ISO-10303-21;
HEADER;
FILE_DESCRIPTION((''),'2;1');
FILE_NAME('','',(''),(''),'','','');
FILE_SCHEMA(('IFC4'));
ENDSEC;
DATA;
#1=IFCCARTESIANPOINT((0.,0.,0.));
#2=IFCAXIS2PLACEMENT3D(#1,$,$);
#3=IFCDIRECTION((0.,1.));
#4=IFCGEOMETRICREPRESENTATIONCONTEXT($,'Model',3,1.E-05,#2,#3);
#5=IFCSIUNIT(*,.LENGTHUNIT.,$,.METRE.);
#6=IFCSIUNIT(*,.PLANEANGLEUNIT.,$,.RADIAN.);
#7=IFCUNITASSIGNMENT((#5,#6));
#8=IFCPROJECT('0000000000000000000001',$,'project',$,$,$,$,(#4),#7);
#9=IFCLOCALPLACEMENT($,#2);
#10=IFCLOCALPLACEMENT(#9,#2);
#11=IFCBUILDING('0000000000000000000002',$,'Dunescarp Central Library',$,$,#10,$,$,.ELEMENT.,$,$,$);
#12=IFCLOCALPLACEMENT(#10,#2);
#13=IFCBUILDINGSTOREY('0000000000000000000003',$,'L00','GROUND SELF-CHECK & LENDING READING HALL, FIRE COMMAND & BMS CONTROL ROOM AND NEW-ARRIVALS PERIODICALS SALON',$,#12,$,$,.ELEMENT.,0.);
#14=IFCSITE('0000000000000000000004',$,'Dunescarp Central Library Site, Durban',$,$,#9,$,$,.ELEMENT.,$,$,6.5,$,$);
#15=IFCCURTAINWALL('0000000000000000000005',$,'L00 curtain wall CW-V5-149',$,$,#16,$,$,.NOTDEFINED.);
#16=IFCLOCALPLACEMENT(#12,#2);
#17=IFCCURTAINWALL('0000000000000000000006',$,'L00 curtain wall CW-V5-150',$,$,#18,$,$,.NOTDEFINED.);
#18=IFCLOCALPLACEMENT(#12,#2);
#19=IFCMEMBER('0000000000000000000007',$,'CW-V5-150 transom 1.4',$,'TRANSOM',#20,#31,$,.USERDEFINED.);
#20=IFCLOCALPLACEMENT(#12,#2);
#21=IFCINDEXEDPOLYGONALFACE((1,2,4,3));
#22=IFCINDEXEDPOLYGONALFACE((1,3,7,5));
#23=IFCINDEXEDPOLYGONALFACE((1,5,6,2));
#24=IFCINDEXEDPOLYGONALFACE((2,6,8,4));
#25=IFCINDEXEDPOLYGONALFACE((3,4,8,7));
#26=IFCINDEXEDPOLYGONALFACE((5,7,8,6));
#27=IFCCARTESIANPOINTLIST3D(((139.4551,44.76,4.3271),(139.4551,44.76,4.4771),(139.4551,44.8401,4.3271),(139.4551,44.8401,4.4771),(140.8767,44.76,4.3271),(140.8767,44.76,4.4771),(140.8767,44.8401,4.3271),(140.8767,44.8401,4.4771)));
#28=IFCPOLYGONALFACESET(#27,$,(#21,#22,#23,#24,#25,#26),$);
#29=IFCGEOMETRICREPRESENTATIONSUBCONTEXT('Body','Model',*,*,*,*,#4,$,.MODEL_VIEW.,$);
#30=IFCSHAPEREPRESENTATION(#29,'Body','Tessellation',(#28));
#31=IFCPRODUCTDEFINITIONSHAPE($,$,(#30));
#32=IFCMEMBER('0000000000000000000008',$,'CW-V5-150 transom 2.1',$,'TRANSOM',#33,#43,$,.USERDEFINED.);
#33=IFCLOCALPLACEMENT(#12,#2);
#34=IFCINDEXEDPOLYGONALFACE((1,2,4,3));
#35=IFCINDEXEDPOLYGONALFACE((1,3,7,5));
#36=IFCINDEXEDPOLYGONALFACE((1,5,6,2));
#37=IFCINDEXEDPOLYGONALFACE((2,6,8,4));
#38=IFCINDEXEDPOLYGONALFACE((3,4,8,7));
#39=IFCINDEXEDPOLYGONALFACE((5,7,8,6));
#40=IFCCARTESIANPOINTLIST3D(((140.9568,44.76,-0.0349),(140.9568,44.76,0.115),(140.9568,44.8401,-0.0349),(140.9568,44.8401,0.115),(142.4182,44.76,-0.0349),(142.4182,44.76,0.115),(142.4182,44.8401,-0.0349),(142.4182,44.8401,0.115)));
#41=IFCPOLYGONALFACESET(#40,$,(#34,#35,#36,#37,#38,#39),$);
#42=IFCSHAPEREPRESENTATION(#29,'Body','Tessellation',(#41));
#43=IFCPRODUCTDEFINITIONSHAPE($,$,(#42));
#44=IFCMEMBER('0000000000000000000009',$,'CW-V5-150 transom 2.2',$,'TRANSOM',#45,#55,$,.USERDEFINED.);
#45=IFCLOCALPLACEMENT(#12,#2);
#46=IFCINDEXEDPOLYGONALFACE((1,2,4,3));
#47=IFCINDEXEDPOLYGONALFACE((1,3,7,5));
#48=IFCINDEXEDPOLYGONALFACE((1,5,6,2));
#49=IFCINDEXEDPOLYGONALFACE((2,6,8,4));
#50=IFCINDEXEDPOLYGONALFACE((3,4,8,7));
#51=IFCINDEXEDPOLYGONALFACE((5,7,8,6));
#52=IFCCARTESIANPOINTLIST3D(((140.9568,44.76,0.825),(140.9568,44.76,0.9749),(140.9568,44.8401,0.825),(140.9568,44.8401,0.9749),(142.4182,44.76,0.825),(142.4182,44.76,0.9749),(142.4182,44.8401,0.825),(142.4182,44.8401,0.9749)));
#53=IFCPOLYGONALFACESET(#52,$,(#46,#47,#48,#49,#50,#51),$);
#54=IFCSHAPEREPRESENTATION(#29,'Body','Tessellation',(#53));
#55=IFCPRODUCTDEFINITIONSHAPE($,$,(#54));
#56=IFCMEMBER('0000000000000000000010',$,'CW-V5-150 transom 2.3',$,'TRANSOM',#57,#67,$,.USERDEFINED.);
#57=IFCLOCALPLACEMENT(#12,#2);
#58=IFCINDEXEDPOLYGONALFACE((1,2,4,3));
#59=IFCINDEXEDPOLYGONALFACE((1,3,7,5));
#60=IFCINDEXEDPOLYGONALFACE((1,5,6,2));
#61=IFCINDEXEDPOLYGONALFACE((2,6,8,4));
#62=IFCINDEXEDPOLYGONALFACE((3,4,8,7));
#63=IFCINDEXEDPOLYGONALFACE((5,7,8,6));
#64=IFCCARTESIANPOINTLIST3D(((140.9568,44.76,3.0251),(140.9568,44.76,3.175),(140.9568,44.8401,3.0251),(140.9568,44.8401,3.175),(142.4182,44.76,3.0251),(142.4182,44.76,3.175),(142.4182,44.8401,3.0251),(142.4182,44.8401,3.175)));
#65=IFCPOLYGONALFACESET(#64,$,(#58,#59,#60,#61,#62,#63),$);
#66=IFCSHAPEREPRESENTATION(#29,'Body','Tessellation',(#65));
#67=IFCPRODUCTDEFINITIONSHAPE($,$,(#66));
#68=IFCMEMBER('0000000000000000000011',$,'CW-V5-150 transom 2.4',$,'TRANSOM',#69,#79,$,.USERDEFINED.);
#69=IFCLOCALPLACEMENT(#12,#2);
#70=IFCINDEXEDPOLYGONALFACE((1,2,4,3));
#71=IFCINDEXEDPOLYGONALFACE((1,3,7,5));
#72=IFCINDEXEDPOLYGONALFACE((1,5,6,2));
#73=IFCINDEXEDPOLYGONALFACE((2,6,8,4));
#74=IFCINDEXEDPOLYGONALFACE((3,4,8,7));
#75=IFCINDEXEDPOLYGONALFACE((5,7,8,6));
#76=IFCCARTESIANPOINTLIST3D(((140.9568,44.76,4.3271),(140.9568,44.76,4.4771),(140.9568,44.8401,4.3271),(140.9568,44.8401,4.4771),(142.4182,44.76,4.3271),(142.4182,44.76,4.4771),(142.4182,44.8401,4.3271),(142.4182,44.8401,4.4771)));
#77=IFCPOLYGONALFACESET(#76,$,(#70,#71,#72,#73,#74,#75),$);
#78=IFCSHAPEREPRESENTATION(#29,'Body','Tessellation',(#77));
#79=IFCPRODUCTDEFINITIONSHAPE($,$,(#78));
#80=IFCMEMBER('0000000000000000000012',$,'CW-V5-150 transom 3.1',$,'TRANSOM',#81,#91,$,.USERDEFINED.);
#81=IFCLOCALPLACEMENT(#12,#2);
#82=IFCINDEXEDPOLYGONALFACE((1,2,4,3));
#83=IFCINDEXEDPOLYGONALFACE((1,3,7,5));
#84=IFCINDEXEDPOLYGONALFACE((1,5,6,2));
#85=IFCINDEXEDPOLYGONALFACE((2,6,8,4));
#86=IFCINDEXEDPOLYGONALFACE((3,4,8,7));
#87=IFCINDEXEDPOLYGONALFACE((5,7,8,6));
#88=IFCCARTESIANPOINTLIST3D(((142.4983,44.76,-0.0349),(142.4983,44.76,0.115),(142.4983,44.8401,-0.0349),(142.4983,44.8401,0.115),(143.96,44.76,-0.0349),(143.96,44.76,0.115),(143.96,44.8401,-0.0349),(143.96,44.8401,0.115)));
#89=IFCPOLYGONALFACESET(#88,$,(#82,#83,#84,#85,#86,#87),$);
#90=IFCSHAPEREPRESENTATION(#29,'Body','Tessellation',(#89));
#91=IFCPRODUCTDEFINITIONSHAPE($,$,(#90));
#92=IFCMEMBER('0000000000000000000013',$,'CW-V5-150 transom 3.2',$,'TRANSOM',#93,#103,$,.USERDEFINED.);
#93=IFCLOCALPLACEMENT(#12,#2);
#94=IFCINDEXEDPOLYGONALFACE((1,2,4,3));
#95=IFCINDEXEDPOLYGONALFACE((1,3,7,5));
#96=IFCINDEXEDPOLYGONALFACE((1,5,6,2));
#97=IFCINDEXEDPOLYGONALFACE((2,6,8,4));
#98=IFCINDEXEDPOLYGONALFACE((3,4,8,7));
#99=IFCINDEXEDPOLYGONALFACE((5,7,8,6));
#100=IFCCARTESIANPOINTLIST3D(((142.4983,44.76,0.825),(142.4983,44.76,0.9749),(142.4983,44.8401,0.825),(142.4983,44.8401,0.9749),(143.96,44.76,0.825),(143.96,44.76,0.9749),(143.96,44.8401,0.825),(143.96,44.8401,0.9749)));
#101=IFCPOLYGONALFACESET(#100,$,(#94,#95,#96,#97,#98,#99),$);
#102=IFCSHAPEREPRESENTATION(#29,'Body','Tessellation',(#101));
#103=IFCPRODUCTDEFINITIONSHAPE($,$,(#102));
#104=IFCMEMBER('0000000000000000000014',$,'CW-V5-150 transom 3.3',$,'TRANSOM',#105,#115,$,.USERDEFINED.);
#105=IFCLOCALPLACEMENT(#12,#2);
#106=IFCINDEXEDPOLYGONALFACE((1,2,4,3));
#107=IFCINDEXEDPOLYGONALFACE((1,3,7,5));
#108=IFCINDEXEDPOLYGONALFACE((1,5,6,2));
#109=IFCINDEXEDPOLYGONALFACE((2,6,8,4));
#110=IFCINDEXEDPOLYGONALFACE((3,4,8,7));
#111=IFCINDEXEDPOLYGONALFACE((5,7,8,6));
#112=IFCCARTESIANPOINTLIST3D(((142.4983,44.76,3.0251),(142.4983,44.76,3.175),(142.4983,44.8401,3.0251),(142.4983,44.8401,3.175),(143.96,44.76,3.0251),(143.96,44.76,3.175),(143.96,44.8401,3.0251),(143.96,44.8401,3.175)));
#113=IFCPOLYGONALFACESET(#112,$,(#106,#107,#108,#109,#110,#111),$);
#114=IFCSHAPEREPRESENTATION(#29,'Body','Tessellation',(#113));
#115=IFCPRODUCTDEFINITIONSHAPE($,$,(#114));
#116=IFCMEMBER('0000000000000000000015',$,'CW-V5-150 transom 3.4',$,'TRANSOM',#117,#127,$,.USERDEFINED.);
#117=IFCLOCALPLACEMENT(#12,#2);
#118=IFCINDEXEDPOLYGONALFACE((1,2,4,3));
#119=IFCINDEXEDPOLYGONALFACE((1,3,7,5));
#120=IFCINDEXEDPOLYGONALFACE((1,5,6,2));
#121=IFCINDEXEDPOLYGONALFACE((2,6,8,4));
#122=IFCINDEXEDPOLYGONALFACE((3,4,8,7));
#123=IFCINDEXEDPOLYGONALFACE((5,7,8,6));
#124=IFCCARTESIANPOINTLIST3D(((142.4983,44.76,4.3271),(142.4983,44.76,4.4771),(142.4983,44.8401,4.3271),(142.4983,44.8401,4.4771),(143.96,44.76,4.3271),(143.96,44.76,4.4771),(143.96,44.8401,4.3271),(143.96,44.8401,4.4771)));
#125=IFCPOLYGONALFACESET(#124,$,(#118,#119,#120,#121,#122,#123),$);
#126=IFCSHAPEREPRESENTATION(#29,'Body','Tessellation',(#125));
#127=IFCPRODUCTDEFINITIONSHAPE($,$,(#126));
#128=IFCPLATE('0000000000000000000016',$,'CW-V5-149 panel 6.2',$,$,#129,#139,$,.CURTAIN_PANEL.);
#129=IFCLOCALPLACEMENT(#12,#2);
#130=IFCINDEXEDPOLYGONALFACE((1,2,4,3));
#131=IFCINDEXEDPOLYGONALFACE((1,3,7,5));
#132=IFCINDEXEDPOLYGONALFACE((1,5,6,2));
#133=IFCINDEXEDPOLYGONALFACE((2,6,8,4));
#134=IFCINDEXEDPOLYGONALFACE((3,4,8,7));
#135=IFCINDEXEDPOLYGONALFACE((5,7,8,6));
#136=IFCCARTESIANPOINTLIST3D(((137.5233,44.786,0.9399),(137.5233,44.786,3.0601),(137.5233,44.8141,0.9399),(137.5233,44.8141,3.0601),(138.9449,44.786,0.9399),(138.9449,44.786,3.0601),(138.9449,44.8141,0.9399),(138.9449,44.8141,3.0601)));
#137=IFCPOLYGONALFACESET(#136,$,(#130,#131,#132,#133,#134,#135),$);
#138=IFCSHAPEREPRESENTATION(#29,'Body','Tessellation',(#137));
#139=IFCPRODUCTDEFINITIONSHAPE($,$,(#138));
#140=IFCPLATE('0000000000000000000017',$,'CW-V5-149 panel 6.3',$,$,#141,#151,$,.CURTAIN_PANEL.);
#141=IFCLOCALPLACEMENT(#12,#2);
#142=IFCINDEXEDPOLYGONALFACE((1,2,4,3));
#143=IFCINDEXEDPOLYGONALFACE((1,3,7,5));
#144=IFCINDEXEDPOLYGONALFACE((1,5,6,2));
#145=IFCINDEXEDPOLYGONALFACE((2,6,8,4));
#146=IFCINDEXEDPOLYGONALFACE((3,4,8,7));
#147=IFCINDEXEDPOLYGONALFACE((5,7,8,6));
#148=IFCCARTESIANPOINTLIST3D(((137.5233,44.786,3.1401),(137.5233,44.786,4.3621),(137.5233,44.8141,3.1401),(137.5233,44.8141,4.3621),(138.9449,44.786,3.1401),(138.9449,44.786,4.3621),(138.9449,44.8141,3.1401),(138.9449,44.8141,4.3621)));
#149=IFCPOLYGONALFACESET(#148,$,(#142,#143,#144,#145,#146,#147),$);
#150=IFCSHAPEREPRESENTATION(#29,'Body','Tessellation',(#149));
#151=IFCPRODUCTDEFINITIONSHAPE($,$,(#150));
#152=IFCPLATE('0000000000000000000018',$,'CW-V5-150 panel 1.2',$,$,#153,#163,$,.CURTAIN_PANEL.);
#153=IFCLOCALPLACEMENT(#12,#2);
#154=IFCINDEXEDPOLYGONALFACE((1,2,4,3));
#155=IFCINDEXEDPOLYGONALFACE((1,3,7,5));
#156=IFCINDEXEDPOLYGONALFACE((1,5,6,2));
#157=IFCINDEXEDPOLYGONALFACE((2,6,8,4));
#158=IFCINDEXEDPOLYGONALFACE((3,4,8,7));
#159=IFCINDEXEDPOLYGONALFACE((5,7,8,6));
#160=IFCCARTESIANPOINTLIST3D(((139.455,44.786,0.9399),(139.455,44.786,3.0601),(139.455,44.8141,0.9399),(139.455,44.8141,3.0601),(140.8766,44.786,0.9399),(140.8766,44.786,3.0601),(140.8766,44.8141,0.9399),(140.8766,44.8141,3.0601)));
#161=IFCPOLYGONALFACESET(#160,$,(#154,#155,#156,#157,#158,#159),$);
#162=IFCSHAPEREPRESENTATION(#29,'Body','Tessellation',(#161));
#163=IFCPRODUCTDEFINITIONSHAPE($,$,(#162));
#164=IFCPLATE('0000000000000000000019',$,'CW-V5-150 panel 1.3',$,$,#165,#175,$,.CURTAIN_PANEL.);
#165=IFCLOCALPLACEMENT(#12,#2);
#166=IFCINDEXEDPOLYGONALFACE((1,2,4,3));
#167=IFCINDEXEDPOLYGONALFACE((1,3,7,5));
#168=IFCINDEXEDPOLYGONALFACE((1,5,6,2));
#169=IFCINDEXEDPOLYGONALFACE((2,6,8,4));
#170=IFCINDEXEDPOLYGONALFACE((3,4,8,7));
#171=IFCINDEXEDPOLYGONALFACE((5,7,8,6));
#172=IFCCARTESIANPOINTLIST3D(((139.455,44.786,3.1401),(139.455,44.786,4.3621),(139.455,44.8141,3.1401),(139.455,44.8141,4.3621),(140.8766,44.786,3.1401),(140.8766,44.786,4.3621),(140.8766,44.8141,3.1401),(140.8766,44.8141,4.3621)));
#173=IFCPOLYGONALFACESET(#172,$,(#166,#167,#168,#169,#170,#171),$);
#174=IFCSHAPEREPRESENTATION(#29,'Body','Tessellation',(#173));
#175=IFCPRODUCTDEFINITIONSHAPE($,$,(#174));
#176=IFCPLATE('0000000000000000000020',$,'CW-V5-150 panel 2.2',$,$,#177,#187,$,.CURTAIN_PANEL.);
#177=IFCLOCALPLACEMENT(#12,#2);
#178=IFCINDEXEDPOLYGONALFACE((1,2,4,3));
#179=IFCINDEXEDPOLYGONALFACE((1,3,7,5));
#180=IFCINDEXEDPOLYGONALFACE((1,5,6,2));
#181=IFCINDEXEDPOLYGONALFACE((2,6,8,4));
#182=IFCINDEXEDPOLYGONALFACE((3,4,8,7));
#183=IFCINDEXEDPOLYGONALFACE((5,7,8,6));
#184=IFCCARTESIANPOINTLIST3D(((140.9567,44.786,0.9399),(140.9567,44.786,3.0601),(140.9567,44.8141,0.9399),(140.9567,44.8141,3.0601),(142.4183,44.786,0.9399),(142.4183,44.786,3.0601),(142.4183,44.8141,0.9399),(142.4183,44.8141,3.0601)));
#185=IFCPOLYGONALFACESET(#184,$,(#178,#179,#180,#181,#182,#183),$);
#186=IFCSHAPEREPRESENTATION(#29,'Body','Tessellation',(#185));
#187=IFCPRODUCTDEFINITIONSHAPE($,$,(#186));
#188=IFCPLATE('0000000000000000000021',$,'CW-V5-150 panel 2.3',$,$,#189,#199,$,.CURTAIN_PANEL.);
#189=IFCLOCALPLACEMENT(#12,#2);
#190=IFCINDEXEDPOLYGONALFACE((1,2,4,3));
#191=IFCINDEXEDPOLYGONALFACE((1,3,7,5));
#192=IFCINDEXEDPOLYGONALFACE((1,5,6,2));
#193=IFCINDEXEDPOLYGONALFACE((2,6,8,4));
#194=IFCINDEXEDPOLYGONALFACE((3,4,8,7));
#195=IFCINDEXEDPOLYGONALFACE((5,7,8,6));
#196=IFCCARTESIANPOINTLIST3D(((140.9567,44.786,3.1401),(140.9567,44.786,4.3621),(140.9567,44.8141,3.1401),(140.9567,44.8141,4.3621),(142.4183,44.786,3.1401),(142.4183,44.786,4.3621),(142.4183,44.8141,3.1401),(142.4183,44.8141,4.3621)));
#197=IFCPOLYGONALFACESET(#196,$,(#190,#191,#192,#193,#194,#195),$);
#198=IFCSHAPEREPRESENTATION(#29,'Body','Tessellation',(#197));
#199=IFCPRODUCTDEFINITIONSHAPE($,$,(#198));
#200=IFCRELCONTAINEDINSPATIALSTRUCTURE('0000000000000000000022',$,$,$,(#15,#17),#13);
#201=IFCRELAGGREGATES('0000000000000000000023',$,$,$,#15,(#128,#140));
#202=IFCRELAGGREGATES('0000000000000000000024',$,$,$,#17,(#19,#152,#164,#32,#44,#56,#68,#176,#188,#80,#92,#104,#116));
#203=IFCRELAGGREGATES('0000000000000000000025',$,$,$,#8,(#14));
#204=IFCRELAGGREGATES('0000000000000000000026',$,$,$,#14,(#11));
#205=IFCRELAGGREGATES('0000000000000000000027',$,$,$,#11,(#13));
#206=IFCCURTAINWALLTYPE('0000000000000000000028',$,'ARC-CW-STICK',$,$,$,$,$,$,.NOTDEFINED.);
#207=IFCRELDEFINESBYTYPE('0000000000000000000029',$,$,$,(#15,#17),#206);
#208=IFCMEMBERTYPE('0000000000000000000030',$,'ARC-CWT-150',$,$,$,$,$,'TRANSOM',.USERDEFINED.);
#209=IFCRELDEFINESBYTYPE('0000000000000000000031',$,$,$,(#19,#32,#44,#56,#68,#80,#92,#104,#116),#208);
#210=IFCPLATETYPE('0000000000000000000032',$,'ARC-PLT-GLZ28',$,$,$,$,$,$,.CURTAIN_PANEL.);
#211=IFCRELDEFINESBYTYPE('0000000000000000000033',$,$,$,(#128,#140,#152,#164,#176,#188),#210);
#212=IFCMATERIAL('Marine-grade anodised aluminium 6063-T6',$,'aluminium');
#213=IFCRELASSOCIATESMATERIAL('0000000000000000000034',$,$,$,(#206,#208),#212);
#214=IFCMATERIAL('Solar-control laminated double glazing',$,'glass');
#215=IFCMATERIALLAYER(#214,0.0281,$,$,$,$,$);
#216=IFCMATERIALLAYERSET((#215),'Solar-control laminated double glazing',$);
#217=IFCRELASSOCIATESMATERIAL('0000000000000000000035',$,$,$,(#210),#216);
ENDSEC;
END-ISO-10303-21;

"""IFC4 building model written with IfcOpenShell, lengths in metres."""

from ifc_helpers import new_model, si_unit, direction, frame, origin, origin_2d, place, context, subcontext, project, spatial, rectangle, extrude, material, layer, layer_set, material_profile, profile_set, type_object, element, aggregate, save


model = new_model("IFC4")

# Units and contexts
model_context = context("Model", 3, precision=1e-05, world=origin(), true_north=direction((0.0, 1.0)))
body_context = subcontext(model_context, "Body", "Model", "MODEL_VIEW")
ifc_project = project(units=[si_unit("LENGTHUNIT", "METRE"), si_unit("PLANEANGLEUNIT", "RADIAN")], contexts=[model_context])

# Site, building, storey
site_placement = place(None, origin())
site = spatial("IfcSite", under=ifc_project, at=site_placement, Name="Dunescarp Central Library Site, Durban", CompositionType="ELEMENT", RefElevation=6.5)
building_placement = place(site_placement, origin())
building = spatial("IfcBuilding", under=site, at=building_placement, Name="Dunescarp Central Library", CompositionType="ELEMENT")
storey_placement = place(building_placement, origin())
storey = spatial("IfcBuildingStorey", under=building, at=storey_placement, Name="L00", Description="GROUND SELF-CHECK & LENDING READING HALL, FIRE COMMAND & BMS CONTROL ROOM AND NEW-ARRIVALS PERIODICALS SALON", CompositionType="ELEMENT", Elevation=0.0)

# Curtain wall
ifc_material_1 = material(Name="Marine-grade anodised aluminium 6063-T6", Category="aluminium")
curtain_wall_type = type_object("IfcCurtainWallType", Name="ARC-CW-STICK", PredefinedType="NOTDEFINED", material=ifc_material_1)
curtain_wall_1_placement = place(storey_placement, origin())
curtain_wall_1 = element("IfcCurtainWall", 1, at=curtain_wall_1_placement, inside=storey, type_object=curtain_wall_type, Name="L00 curtain wall CW-V5-149", PredefinedType="NOTDEFINED")

# Curtain wall
curtain_wall_2_placement = place(storey_placement, origin())
curtain_wall_2 = element("IfcCurtainWall", 2, at=curtain_wall_2_placement, inside=storey, type_object=curtain_wall_type, Name="L00 curtain wall CW-V5-150", PredefinedType="NOTDEFINED")

# Members
ifc_material_profile_1 = material_profile(ifc_material_1, rectangle(XDim=0.0801, YDim=0.1499, at=origin_2d()), Name="AL 80x150")
ifc_profile_set_1 = profile_set([ifc_material_profile_1], Name="Marine-grade anodised aluminium 6063-T6")
member_type_1 = type_object("IfcMemberType", Name="ARC-CWT-150", ElementType="TRANSOM", PredefinedType="USERDEFINED", material=ifc_profile_set_1)
member_1_placement = place(storey_placement, frame((139.4551, 44.8, 4.4021), z_axis=(1.0, 0.0, 0.0), x_axis=(0.0, 1.0, 0.0)))
member_1 = element("IfcMember", 3, at=member_1_placement, type_object=member_type_1, Name="CW-V5-150 transom 1.4", ObjectType="TRANSOM", PredefinedType="USERDEFINED", context=body_context, shape_type="SweptSolid", body=[
    extrude(rectangle(XDim=0.0801, YDim=0.1499, at=origin_2d()), origin(), (0.0, 0.0, 1.0), 1.4216),
])
member_2_placement = place(storey_placement, frame((140.9568, 44.8, 0.04), z_axis=(1.0, 0.0, 0.0), x_axis=(0.0, 1.0, 0.0)))
member_2 = element("IfcMember", 4, at=member_2_placement, type_object=member_type_1, Name="CW-V5-150 transom 2.1", ObjectType="TRANSOM", PredefinedType="USERDEFINED", context=body_context, shape_type="SweptSolid", body=[
    extrude(rectangle(XDim=0.0801, YDim=0.1499, at=origin_2d()), origin(), (0.0, 0.0, 1.0), 1.4614),
])
member_3_placement = place(storey_placement, frame((140.9568, 44.8, 0.8999), z_axis=(1.0, 0.0, 0.0), x_axis=(0.0, 1.0, 0.0)))
member_3 = element("IfcMember", 5, at=member_3_placement, type_object=member_type_1, Name="CW-V5-150 transom 2.2", ObjectType="TRANSOM", PredefinedType="USERDEFINED", context=body_context, shape_type="SweptSolid", body=[
    extrude(rectangle(XDim=0.0801, YDim=0.1499, at=origin_2d()), origin(), (0.0, 0.0, 1.0), 1.4614),
])
member_4_placement = place(storey_placement, frame((140.9568, 44.8, 3.1001), z_axis=(1.0, 0.0, 0.0), x_axis=(0.0, 1.0, 0.0)))
member_4 = element("IfcMember", 6, at=member_4_placement, type_object=member_type_1, Name="CW-V5-150 transom 2.3", ObjectType="TRANSOM", PredefinedType="USERDEFINED", context=body_context, shape_type="SweptSolid", body=[
    extrude(rectangle(XDim=0.0801, YDim=0.1499, at=origin_2d()), origin(), (0.0, 0.0, 1.0), 1.4614),
])
member_5_placement = place(storey_placement, frame((140.9568, 44.8, 4.4021), z_axis=(1.0, 0.0, 0.0), x_axis=(0.0, 1.0, 0.0)))
member_5 = element("IfcMember", 7, at=member_5_placement, type_object=member_type_1, Name="CW-V5-150 transom 2.4", ObjectType="TRANSOM", PredefinedType="USERDEFINED", context=body_context, shape_type="SweptSolid", body=[
    extrude(rectangle(XDim=0.0801, YDim=0.1499, at=origin_2d()), origin(), (0.0, 0.0, 1.0), 1.4614),
])
member_6_placement = place(storey_placement, frame((142.4983, 44.8, 0.04), z_axis=(1.0, 0.0, 0.0), x_axis=(0.0, 1.0, 0.0)))
member_6 = element("IfcMember", 8, at=member_6_placement, type_object=member_type_1, Name="CW-V5-150 transom 3.1", ObjectType="TRANSOM", PredefinedType="USERDEFINED", context=body_context, shape_type="SweptSolid", body=[
    extrude(rectangle(XDim=0.0801, YDim=0.1499, at=origin_2d()), origin(), (0.0, 0.0, 1.0), 1.4617),
])
member_7_placement = place(storey_placement, frame((142.4983, 44.8, 0.8999), z_axis=(1.0, 0.0, 0.0), x_axis=(0.0, 1.0, 0.0)))
member_7 = element("IfcMember", 9, at=member_7_placement, type_object=member_type_1, Name="CW-V5-150 transom 3.2", ObjectType="TRANSOM", PredefinedType="USERDEFINED", context=body_context, shape_type="SweptSolid", body=[
    extrude(rectangle(XDim=0.0801, YDim=0.1499, at=origin_2d()), origin(), (0.0, 0.0, 1.0), 1.4617),
])
member_8_placement = place(storey_placement, frame((142.4983, 44.8, 3.1001), z_axis=(1.0, 0.0, 0.0), x_axis=(0.0, 1.0, 0.0)))
member_8 = element("IfcMember", 10, at=member_8_placement, type_object=member_type_1, Name="CW-V5-150 transom 3.3", ObjectType="TRANSOM", PredefinedType="USERDEFINED", context=body_context, shape_type="SweptSolid", body=[
    extrude(rectangle(XDim=0.0801, YDim=0.1499, at=origin_2d()), origin(), (0.0, 0.0, 1.0), 1.4617),
])
member_9_placement = place(storey_placement, frame((142.4983, 44.8, 4.4021), z_axis=(1.0, 0.0, 0.0), x_axis=(0.0, 1.0, 0.0)))
member_9 = element("IfcMember", 11, at=member_9_placement, type_object=member_type_1, Name="CW-V5-150 transom 3.4", ObjectType="TRANSOM", PredefinedType="USERDEFINED", context=body_context, shape_type="SweptSolid", body=[
    extrude(rectangle(XDim=0.0801, YDim=0.1499, at=origin_2d()), origin(), (0.0, 0.0, 1.0), 1.4617),
])

# Plates
ifc_material_2 = material(Name="Solar-control laminated double glazing", Category="glass")
ifc_layer_1 = layer(ifc_material_2, 0.0281)
ifc_layer_set_1 = layer_set([ifc_layer_1], Name="Solar-control laminated double glazing")
plate_type_1 = type_object("IfcPlateType", Name="ARC-PLT-GLZ28", PredefinedType="CURTAIN_PANEL", material=ifc_layer_set_1)
plate_1_placement = place(storey_placement, frame((138.2341, 44.8, 0.9399), z_axis=(0.0, 0.0, 1.0), x_axis=(1.0, 0.0, 0.0)))
plate_1 = element("IfcPlate", 12, at=plate_1_placement, type_object=plate_type_1, Name="CW-V5-149 panel 6.2", PredefinedType="CURTAIN_PANEL", context=body_context, shape_type="SweptSolid", body=[
    extrude(rectangle(XDim=1.4216, YDim=0.0281, at=origin_2d()), origin(), (0.0, 0.0, 1.0), 2.1201),
])
plate_2_placement = place(storey_placement, frame((138.2341, 44.8, 3.1401), z_axis=(0.0, 0.0, 1.0), x_axis=(1.0, 0.0, 0.0)))
plate_2 = element("IfcPlate", 13, at=plate_2_placement, type_object=plate_type_1, Name="CW-V5-149 panel 6.3", PredefinedType="CURTAIN_PANEL", context=body_context, shape_type="SweptSolid", body=[
    extrude(rectangle(XDim=1.4216, YDim=0.0281, at=origin_2d()), origin(), (0.0, 0.0, 1.0), 1.2219),
])
plate_3_placement = place(storey_placement, frame((140.1658, 44.8, 0.9399), z_axis=(0.0, 0.0, 1.0), x_axis=(1.0, 0.0, 0.0)))
plate_3 = element("IfcPlate", 14, at=plate_3_placement, type_object=plate_type_1, Name="CW-V5-150 panel 1.2", PredefinedType="CURTAIN_PANEL", context=body_context, shape_type="SweptSolid", body=[
    extrude(rectangle(XDim=1.4216, YDim=0.0281, at=origin_2d()), origin(), (0.0, 0.0, 1.0), 2.1201),
])
plate_4_placement = place(storey_placement, frame((140.1658, 44.8, 3.1401), z_axis=(0.0, 0.0, 1.0), x_axis=(1.0, 0.0, 0.0)))
plate_4 = element("IfcPlate", 15, at=plate_4_placement, type_object=plate_type_1, Name="CW-V5-150 panel 1.3", PredefinedType="CURTAIN_PANEL", context=body_context, shape_type="SweptSolid", body=[
    extrude(rectangle(XDim=1.4216, YDim=0.0281, at=origin_2d()), origin(), (0.0, 0.0, 1.0), 1.2219),
])
plate_5_placement = place(storey_placement, frame((141.6875, 44.8, 0.9399), z_axis=(0.0, 0.0, 1.0), x_axis=(1.0, 0.0, 0.0)))
plate_5 = element("IfcPlate", 16, at=plate_5_placement, type_object=plate_type_1, Name="CW-V5-150 panel 2.2", PredefinedType="CURTAIN_PANEL", context=body_context, shape_type="SweptSolid", body=[
    extrude(rectangle(XDim=1.4617, YDim=0.0281, at=origin_2d()), origin(), (0.0, 0.0, 1.0), 2.1201),
])
plate_6_placement = place(storey_placement, frame((141.6875, 44.8, 3.1401), z_axis=(0.0, 0.0, 1.0), x_axis=(1.0, 0.0, 0.0)))
plate_6 = element("IfcPlate", 17, at=plate_6_placement, type_object=plate_type_1, Name="CW-V5-150 panel 2.3", PredefinedType="CURTAIN_PANEL", context=body_context, shape_type="SweptSolid", body=[
    extrude(rectangle(XDim=1.4617, YDim=0.0281, at=origin_2d()), origin(), (0.0, 0.0, 1.0), 1.2219),
])
aggregate(curtain_wall_1, [plate_1, plate_2])
aggregate(curtain_wall_2, [member_1, plate_3, plate_4, member_2, member_3, member_4, member_5, plate_5, plate_6, member_6, member_7, member_8, member_9])

save(model, "model.ifc")
